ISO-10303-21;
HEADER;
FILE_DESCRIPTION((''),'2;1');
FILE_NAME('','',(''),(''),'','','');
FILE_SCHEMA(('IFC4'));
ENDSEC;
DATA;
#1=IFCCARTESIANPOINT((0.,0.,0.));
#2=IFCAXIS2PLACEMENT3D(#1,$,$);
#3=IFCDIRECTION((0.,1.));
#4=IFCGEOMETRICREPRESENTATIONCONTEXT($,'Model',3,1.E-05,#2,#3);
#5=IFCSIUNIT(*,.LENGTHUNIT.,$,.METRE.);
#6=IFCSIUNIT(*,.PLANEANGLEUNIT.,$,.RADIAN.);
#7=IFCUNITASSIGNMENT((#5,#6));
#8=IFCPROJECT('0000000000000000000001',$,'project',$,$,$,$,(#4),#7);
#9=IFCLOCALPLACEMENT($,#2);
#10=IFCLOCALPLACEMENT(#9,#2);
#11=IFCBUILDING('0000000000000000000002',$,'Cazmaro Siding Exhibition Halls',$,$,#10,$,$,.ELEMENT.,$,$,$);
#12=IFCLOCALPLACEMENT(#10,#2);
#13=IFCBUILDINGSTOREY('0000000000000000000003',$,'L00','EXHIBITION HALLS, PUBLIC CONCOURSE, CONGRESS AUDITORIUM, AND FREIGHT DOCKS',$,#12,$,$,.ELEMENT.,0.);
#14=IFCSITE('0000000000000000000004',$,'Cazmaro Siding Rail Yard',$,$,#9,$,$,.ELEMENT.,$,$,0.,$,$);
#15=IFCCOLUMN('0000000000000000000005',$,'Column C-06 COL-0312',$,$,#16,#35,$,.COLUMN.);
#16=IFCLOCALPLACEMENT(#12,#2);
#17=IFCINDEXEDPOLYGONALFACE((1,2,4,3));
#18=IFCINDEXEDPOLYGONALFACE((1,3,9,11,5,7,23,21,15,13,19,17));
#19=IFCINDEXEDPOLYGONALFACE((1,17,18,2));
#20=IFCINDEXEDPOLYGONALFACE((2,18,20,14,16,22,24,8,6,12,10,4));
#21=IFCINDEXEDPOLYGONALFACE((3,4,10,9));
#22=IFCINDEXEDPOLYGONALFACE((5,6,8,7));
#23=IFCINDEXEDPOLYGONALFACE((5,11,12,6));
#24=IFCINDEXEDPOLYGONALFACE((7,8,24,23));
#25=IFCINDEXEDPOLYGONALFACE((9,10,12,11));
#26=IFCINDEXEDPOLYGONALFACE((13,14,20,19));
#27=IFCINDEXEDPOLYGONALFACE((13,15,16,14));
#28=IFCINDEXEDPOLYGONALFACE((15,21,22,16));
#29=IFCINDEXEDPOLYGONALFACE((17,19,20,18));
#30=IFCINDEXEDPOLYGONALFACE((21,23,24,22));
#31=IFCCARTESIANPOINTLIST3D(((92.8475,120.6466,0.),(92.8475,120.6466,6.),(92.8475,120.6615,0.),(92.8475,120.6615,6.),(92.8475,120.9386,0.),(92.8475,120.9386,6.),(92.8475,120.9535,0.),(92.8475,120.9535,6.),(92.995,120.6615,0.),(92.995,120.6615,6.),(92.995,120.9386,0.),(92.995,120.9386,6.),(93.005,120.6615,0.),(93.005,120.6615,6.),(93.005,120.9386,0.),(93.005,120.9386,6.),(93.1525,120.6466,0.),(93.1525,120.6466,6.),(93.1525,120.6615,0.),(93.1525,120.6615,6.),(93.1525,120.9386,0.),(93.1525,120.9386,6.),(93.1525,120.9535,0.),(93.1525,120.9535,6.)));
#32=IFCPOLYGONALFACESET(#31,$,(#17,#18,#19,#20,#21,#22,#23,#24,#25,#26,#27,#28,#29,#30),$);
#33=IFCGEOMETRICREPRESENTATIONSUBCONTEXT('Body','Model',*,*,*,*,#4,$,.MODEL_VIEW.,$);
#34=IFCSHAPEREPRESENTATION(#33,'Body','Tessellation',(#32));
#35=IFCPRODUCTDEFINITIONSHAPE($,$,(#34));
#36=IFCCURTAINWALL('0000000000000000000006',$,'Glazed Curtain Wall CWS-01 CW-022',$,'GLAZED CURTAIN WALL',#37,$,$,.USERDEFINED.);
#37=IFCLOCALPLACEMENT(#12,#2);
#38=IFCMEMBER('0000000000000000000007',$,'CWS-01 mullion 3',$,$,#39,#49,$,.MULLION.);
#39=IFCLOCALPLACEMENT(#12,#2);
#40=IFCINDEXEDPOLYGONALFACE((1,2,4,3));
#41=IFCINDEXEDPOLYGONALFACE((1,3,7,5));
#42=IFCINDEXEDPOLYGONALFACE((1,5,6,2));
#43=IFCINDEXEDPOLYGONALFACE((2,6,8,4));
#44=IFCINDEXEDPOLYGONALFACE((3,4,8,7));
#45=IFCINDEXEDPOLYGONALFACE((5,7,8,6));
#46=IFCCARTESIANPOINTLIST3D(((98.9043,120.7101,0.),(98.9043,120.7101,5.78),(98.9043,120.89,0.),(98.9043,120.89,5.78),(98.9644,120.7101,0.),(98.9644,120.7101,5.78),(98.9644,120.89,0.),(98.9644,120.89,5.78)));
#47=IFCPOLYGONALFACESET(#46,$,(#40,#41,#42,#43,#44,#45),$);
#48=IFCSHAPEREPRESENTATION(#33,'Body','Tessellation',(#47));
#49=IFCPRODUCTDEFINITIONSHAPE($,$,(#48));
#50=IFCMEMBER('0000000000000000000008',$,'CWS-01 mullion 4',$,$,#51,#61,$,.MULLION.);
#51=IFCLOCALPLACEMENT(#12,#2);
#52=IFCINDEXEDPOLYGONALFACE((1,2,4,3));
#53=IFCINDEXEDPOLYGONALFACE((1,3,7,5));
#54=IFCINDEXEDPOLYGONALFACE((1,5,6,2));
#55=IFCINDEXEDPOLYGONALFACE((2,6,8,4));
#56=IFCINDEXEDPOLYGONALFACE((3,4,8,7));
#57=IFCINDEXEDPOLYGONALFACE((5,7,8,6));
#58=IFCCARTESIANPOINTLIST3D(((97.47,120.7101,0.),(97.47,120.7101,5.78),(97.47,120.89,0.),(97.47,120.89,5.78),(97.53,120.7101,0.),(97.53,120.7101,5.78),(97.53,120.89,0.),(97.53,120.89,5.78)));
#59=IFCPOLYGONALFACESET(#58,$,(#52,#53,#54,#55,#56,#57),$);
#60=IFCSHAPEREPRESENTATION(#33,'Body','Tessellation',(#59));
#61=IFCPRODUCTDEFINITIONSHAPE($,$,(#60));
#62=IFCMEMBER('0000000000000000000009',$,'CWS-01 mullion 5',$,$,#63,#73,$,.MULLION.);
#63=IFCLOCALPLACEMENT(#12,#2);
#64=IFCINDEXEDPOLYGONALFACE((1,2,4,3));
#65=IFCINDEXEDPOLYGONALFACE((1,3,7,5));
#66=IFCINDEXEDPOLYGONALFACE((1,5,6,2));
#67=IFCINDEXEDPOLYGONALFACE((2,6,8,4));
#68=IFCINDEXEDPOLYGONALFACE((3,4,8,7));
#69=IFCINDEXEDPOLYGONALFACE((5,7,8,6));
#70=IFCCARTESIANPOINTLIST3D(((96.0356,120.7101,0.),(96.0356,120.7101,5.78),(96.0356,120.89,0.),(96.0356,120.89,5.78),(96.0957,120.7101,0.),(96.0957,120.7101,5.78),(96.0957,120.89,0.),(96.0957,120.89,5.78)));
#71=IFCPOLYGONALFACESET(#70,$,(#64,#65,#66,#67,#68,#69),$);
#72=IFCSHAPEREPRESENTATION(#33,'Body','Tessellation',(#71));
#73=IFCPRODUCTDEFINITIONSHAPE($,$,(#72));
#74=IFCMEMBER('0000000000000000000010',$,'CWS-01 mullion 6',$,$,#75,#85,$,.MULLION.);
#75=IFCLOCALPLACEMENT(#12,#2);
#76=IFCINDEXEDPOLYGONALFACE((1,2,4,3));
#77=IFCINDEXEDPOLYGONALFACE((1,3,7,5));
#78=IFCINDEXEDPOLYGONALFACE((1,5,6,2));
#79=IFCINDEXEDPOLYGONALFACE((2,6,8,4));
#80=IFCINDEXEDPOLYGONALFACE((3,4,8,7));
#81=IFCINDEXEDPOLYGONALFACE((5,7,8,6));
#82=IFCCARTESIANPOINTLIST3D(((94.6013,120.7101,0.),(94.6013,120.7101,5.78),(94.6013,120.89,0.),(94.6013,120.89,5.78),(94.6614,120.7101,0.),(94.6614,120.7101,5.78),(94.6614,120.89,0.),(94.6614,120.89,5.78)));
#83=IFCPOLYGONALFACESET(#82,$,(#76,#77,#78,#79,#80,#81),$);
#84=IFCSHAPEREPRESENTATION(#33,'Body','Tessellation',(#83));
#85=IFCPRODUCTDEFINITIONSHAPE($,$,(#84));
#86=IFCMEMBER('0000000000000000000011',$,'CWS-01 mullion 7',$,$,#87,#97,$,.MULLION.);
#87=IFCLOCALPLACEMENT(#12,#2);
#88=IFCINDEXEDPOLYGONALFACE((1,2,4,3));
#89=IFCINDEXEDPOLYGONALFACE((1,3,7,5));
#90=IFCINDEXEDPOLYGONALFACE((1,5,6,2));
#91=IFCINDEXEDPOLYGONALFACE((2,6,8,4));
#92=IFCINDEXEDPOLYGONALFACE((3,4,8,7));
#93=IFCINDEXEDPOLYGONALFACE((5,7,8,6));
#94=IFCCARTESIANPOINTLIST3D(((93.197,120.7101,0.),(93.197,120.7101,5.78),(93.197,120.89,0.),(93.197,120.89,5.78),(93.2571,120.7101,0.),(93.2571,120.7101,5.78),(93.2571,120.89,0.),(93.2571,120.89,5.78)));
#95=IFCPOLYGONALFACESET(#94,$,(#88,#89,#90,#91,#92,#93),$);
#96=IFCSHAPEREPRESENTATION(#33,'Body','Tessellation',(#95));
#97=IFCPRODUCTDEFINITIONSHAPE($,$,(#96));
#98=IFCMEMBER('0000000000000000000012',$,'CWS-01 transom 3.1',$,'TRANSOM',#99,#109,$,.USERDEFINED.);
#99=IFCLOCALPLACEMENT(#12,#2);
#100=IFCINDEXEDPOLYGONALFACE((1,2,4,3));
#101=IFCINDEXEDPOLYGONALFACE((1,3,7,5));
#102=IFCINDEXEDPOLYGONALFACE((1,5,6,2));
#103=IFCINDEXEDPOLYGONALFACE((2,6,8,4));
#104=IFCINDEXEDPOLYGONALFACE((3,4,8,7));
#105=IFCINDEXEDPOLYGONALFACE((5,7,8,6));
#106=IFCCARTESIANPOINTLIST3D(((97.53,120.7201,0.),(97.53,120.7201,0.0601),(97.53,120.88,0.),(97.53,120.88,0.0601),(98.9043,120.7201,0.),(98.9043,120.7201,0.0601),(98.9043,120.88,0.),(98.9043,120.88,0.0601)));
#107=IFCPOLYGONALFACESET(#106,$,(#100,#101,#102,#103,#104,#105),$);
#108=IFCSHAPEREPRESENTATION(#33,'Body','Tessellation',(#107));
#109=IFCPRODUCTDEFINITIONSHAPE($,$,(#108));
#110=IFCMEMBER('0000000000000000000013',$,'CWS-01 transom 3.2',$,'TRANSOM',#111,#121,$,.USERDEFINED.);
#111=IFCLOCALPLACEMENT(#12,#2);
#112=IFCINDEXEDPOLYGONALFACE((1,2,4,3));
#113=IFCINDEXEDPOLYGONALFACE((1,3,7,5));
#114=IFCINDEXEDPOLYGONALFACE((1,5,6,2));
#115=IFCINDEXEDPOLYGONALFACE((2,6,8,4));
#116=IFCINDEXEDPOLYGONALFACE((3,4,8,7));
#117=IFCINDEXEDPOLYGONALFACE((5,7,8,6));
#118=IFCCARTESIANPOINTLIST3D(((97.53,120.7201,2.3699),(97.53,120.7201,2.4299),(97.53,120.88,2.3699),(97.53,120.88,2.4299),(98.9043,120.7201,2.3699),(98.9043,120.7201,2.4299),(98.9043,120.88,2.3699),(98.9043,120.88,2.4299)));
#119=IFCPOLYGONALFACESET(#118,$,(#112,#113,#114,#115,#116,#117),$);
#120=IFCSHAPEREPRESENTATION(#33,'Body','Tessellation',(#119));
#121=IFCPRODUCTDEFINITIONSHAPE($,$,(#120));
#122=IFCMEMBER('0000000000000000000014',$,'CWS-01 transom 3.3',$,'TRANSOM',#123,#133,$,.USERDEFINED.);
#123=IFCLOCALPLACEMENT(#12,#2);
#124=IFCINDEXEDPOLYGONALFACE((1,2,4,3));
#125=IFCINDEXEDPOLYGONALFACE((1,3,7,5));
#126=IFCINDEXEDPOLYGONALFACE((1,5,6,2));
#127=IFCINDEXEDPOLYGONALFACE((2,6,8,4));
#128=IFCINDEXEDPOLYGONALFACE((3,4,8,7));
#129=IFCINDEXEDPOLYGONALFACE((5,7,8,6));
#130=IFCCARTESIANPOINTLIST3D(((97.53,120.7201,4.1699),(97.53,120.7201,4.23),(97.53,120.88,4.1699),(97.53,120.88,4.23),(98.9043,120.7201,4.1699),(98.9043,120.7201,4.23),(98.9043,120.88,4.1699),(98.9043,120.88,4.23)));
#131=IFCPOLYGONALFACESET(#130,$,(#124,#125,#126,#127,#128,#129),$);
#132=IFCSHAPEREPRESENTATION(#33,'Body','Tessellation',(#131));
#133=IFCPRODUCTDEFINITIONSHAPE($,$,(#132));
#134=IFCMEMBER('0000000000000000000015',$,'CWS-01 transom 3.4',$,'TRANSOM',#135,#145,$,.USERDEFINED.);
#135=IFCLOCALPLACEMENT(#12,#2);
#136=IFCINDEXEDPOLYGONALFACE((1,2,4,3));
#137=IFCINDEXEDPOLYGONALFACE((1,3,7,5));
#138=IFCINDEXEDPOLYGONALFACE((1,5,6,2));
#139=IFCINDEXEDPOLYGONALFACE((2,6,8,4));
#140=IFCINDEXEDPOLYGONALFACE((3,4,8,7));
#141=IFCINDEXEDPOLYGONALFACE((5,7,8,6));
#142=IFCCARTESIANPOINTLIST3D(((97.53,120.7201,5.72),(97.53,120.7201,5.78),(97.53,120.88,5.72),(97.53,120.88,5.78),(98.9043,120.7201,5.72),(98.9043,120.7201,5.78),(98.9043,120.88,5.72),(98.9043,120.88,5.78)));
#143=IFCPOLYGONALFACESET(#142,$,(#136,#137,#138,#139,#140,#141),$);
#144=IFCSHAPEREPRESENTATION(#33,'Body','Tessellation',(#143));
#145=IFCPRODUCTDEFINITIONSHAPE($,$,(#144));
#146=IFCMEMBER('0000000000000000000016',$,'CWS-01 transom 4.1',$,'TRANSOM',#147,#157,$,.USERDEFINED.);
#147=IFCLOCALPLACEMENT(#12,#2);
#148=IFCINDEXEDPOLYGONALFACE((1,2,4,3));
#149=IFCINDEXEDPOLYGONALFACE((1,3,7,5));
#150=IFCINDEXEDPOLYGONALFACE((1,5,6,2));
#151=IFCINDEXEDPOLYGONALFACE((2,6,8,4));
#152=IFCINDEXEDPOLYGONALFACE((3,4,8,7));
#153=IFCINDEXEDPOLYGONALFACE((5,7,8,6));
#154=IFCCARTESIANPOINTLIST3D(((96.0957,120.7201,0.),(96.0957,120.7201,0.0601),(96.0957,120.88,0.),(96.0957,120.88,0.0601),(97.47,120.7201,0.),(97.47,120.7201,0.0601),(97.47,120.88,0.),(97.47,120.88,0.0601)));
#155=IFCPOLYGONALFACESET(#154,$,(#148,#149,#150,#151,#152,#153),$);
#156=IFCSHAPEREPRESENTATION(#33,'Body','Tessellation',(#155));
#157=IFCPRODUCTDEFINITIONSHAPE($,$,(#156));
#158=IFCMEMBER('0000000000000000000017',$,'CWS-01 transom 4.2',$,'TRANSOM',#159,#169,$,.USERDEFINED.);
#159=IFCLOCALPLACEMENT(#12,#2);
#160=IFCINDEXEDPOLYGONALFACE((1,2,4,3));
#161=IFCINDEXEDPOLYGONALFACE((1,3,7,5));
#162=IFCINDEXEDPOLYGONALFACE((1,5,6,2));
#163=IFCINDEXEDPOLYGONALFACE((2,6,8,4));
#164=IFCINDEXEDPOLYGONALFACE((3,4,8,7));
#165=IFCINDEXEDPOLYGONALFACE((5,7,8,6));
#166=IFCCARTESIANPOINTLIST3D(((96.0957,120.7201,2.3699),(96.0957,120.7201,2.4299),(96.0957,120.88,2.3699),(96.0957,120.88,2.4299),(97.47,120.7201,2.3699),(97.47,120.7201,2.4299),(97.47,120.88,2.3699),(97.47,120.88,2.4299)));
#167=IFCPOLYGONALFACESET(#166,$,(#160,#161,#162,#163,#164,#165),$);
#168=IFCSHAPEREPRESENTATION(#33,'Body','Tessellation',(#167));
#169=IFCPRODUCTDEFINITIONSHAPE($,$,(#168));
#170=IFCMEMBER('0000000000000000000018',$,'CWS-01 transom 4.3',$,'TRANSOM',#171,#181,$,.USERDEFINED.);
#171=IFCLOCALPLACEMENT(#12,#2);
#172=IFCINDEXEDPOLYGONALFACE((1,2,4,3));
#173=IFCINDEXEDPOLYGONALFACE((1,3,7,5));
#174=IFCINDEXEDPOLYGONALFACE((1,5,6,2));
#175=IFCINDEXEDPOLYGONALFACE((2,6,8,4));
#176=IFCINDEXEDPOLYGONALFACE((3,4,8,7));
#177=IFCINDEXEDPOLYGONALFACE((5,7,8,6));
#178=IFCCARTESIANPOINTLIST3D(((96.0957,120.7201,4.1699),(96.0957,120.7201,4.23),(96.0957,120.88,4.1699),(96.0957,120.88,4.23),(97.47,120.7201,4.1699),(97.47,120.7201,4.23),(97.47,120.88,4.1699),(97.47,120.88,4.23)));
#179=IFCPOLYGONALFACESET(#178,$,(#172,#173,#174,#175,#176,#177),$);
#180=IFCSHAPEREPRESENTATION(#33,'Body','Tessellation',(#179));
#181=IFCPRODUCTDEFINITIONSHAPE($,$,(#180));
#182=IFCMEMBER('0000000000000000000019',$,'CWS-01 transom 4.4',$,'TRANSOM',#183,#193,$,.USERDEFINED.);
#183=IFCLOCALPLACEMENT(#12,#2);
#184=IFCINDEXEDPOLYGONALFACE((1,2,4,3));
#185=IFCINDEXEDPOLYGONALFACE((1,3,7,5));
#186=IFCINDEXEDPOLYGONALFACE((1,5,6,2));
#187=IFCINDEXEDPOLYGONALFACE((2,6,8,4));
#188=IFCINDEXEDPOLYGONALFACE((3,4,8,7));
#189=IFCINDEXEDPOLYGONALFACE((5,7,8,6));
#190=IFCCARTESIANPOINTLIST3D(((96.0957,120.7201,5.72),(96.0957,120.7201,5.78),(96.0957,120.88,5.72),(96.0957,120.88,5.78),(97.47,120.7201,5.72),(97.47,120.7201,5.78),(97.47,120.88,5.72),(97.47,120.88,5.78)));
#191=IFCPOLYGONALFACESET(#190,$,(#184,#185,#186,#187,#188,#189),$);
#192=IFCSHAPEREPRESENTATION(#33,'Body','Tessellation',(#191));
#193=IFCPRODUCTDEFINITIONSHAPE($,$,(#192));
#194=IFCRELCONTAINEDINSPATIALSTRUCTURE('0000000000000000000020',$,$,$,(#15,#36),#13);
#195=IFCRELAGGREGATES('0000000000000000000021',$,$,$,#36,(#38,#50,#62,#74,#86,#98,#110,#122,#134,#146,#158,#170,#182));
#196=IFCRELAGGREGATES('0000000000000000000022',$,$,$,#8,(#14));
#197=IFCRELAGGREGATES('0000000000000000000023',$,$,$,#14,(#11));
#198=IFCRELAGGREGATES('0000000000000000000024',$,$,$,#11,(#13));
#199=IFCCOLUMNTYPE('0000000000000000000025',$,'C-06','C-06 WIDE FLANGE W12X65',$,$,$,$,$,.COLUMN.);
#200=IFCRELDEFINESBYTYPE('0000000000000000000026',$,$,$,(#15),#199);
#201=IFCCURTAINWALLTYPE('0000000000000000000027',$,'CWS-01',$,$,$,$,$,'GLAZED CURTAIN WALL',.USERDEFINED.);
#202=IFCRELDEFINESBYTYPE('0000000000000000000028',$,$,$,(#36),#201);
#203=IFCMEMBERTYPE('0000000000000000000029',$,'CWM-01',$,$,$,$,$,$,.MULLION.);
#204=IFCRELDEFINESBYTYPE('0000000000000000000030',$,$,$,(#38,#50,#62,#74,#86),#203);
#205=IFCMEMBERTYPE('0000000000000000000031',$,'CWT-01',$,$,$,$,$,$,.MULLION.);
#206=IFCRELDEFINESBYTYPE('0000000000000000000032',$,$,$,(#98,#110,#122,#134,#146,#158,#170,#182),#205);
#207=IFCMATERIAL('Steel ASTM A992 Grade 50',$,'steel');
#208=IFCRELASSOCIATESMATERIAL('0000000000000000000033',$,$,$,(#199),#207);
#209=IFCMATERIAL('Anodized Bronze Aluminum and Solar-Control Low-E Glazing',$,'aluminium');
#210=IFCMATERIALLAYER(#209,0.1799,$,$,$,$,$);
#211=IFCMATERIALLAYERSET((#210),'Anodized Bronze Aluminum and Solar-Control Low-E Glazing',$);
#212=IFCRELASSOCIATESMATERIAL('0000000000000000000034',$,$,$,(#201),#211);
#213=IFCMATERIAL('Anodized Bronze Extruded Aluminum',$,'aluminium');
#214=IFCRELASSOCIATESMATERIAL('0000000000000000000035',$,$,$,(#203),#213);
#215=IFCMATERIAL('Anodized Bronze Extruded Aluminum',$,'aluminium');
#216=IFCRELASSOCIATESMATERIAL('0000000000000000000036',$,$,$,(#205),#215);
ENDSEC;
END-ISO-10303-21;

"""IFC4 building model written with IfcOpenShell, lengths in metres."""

from ifc_helpers import new_model, si_unit, direction, frame, origin, origin_2d, place, context, subcontext, project, spatial, rectangle, i_section, extrude, material, layer, layer_set, material_profile, profile_set, type_object, element, aggregate, save


model = new_model("IFC4")

# Units and contexts
model_context = context("Model", 3, precision=1e-05, world=origin(), true_north=direction((0.0, 1.0)))
body_context = subcontext(model_context, "Body", "Model", "MODEL_VIEW")
ifc_project = project(units=[si_unit("LENGTHUNIT", "METRE"), si_unit("PLANEANGLEUNIT", "RADIAN")], contexts=[model_context])

# Site, building, storey
site_placement = place(None, origin())
site = spatial("IfcSite", under=ifc_project, at=site_placement, Name="Cazmaro Siding Rail Yard", CompositionType="ELEMENT", RefElevation=0.0)
building_placement = place(site_placement, origin())
building = spatial("IfcBuilding", under=site, at=building_placement, Name="Cazmaro Siding Exhibition Halls", CompositionType="ELEMENT")
storey_placement = place(building_placement, origin())
storey = spatial("IfcBuildingStorey", under=building, at=storey_placement, Name="L00", Description="EXHIBITION HALLS, PUBLIC CONCOURSE, CONGRESS AUDITORIUM, AND FREIGHT DOCKS", CompositionType="ELEMENT", Elevation=0.0)

# Column
ifc_material_1 = material(Name="Steel ASTM A992 Grade 50", Category="steel")
ifc_material_profile_1 = material_profile(ifc_material_1, i_section(OverallWidth=0.3049, OverallDepth=0.3069, WebThickness=0.01, FlangeThickness=0.0149, at=origin_2d()), Name="W12X65")
ifc_profile_set_1 = profile_set([ifc_material_profile_1], Name="Steel ASTM A992 Grade 50")
column_type = type_object("IfcColumnType", Name="C-06", Description="C-06 WIDE FLANGE W12X65", PredefinedType="COLUMN", material=ifc_profile_set_1)
column_placement = place(storey_placement, frame((93.0, 120.8, 0.0), z_axis=(0.0, 0.0, 1.0), x_axis=(1.0, 0.0, 0.0)))
element("IfcColumn", 1, at=column_placement, inside=storey, type_object=column_type, Name="Column C-06 COL-0312", PredefinedType="COLUMN", context=body_context, shape_type="SweptSolid", body=[
    extrude(i_section(OverallWidth=0.3049, OverallDepth=0.3069, WebThickness=0.01, FlangeThickness=0.0149, at=origin_2d()), origin(), (0.0, 0.0, 1.0), 6.0),
])

# Curtain wall, members
ifc_material_2 = material(Name="Anodized Bronze Aluminum and Solar-Control Low-E Glazing", Category="aluminium")
ifc_layer_1 = layer(ifc_material_2, 0.1799)
ifc_layer_set_1 = layer_set([ifc_layer_1], Name="Anodized Bronze Aluminum and Solar-Control Low-E Glazing")
curtain_wall_type = type_object("IfcCurtainWallType", Name="CWS-01", ElementType="GLAZED CURTAIN WALL", PredefinedType="USERDEFINED", material=ifc_layer_set_1)
curtain_wall_placement = place(storey_placement, origin())
curtain_wall = element("IfcCurtainWall", 2, at=curtain_wall_placement, inside=storey, type_object=curtain_wall_type, Name="Glazed Curtain Wall CWS-01 CW-022", ObjectType="GLAZED CURTAIN WALL", PredefinedType="USERDEFINED")
ifc_material_3 = material(Name="Anodized Bronze Extruded Aluminum", Category="aluminium")
ifc_material_profile_2 = material_profile(ifc_material_3, rectangle(XDim=0.1799, YDim=0.0601, at=origin_2d()), Name="CWM-01")
ifc_profile_set_2 = profile_set([ifc_material_profile_2], Name="Anodized Bronze Extruded Aluminum")
member_type_1 = type_object("IfcMemberType", Name="CWM-01", PredefinedType="MULLION", material=ifc_profile_set_2)
member_1_placement = place(storey_placement, frame((98.9343, 120.8, 0.0), z_axis=(0.0, 0.0, 1.0), x_axis=(0.0, -1.0, 0.0)))
member_1 = element("IfcMember", 3, at=member_1_placement, type_object=member_type_1, Name="CWS-01 mullion 3", PredefinedType="MULLION", context=body_context, shape_type="SweptSolid", body=[
    extrude(rectangle(XDim=0.1799, YDim=0.0601, at=origin_2d()), origin(), (0.0, 0.0, 1.0), 5.78),
])
member_2_placement = place(storey_placement, frame((97.5, 120.8, 0.0), z_axis=(0.0, 0.0, 1.0), x_axis=(0.0, -1.0, 0.0)))
member_2 = element("IfcMember", 4, at=member_2_placement, type_object=member_type_1, Name="CWS-01 mullion 4", PredefinedType="MULLION", context=body_context, shape_type="SweptSolid", body=[
    extrude(rectangle(XDim=0.1799, YDim=0.0601, at=origin_2d()), origin(), (0.0, 0.0, 1.0), 5.78),
])
member_3_placement = place(storey_placement, frame((96.0657, 120.8, 0.0), z_axis=(0.0, 0.0, 1.0), x_axis=(0.0, -1.0, 0.0)))
member_3 = element("IfcMember", 5, at=member_3_placement, type_object=member_type_1, Name="CWS-01 mullion 5", PredefinedType="MULLION", context=body_context, shape_type="SweptSolid", body=[
    extrude(rectangle(XDim=0.1799, YDim=0.0601, at=origin_2d()), origin(), (0.0, 0.0, 1.0), 5.78),
])
member_4_placement = place(storey_placement, frame((94.6313, 120.8, 0.0), z_axis=(0.0, 0.0, 1.0), x_axis=(0.0, -1.0, 0.0)))
member_4 = element("IfcMember", 6, at=member_4_placement, type_object=member_type_1, Name="CWS-01 mullion 6", PredefinedType="MULLION", context=body_context, shape_type="SweptSolid", body=[
    extrude(rectangle(XDim=0.1799, YDim=0.0601, at=origin_2d()), origin(), (0.0, 0.0, 1.0), 5.78),
])
member_5_placement = place(storey_placement, frame((93.2271, 120.8, 0.0), z_axis=(0.0, 0.0, 1.0), x_axis=(0.0, -1.0, 0.0)))
member_5 = element("IfcMember", 7, at=member_5_placement, type_object=member_type_1, Name="CWS-01 mullion 7", PredefinedType="MULLION", context=body_context, shape_type="SweptSolid", body=[
    extrude(rectangle(XDim=0.1799, YDim=0.0601, at=origin_2d()), origin(), (0.0, 0.0, 1.0), 5.78),
])
ifc_material_4 = material(Name="Anodized Bronze Extruded Aluminum", Category="aluminium")
ifc_material_profile_3 = material_profile(ifc_material_4, rectangle(XDim=0.1599, YDim=0.0601, at=origin_2d()), Name="CWT-01")
ifc_profile_set_3 = profile_set([ifc_material_profile_3], Name="Anodized Bronze Extruded Aluminum")
member_type_2 = type_object("IfcMemberType", Name="CWT-01", PredefinedType="MULLION", material=ifc_profile_set_3)
member_6_placement = place(storey_placement, frame((98.9043, 120.8, 0.03), z_axis=(-1.0, 0.0, 0.0), x_axis=(0.0, -1.0, 0.0)))
member_6 = element("IfcMember", 8, at=member_6_placement, type_object=member_type_2, Name="CWS-01 transom 3.1", ObjectType="TRANSOM", PredefinedType="USERDEFINED", context=body_context, shape_type="SweptSolid", body=[
    extrude(rectangle(XDim=0.1599, YDim=0.0601, at=origin_2d()), origin(), (0.0, 0.0, 1.0), 1.3743),
])
member_7_placement = place(storey_placement, frame((98.9043, 120.8, 2.3999), z_axis=(-1.0, 0.0, 0.0), x_axis=(0.0, -1.0, 0.0)))
member_7 = element("IfcMember", 9, at=member_7_placement, type_object=member_type_2, Name="CWS-01 transom 3.2", ObjectType="TRANSOM", PredefinedType="USERDEFINED", context=body_context, shape_type="SweptSolid", body=[
    extrude(rectangle(XDim=0.1599, YDim=0.0601, at=origin_2d()), origin(), (0.0, 0.0, 1.0), 1.3743),
])
member_8_placement = place(storey_placement, frame((98.9043, 120.8, 4.2), z_axis=(-1.0, 0.0, 0.0), x_axis=(0.0, -1.0, 0.0)))
member_8 = element("IfcMember", 10, at=member_8_placement, type_object=member_type_2, Name="CWS-01 transom 3.3", ObjectType="TRANSOM", PredefinedType="USERDEFINED", context=body_context, shape_type="SweptSolid", body=[
    extrude(rectangle(XDim=0.1599, YDim=0.0601, at=origin_2d()), origin(), (0.0, 0.0, 1.0), 1.3743),
])
member_9_placement = place(storey_placement, frame((98.9043, 120.8, 5.75), z_axis=(-1.0, 0.0, 0.0), x_axis=(0.0, -1.0, 0.0)))
member_9 = element("IfcMember", 11, at=member_9_placement, type_object=member_type_2, Name="CWS-01 transom 3.4", ObjectType="TRANSOM", PredefinedType="USERDEFINED", context=body_context, shape_type="SweptSolid", body=[
    extrude(rectangle(XDim=0.1599, YDim=0.0601, at=origin_2d()), origin(), (0.0, 0.0, 1.0), 1.3743),
])
member_10_placement = place(storey_placement, frame((97.47, 120.8, 0.03), z_axis=(-1.0, 0.0, 0.0), x_axis=(0.0, -1.0, 0.0)))
member_10 = element("IfcMember", 12, at=member_10_placement, type_object=member_type_2, Name="CWS-01 transom 4.1", ObjectType="TRANSOM", PredefinedType="USERDEFINED", context=body_context, shape_type="SweptSolid", body=[
    extrude(rectangle(XDim=0.1599, YDim=0.0601, at=origin_2d()), origin(), (0.0, 0.0, 1.0), 1.3743),
])
member_11_placement = place(storey_placement, frame((97.47, 120.8, 2.3999), z_axis=(-1.0, 0.0, 0.0), x_axis=(0.0, -1.0, 0.0)))
member_11 = element("IfcMember", 13, at=member_11_placement, type_object=member_type_2, Name="CWS-01 transom 4.2", ObjectType="TRANSOM", PredefinedType="USERDEFINED", context=body_context, shape_type="SweptSolid", body=[
    extrude(rectangle(XDim=0.1599, YDim=0.0601, at=origin_2d()), origin(), (0.0, 0.0, 1.0), 1.3743),
])
member_12_placement = place(storey_placement, frame((97.47, 120.8, 4.2), z_axis=(-1.0, 0.0, 0.0), x_axis=(0.0, -1.0, 0.0)))
member_12 = element("IfcMember", 14, at=member_12_placement, type_object=member_type_2, Name="CWS-01 transom 4.3", ObjectType="TRANSOM", PredefinedType="USERDEFINED", context=body_context, shape_type="SweptSolid", body=[
    extrude(rectangle(XDim=0.1599, YDim=0.0601, at=origin_2d()), origin(), (0.0, 0.0, 1.0), 1.3743),
])
member_13_placement = place(storey_placement, frame((97.47, 120.8, 5.75), z_axis=(-1.0, 0.0, 0.0), x_axis=(0.0, -1.0, 0.0)))
member_13 = element("IfcMember", 15, at=member_13_placement, type_object=member_type_2, Name="CWS-01 transom 4.4", ObjectType="TRANSOM", PredefinedType="USERDEFINED", context=body_context, shape_type="SweptSolid", body=[
    extrude(rectangle(XDim=0.1599, YDim=0.0601, at=origin_2d()), origin(), (0.0, 0.0, 1.0), 1.3743),
])
aggregate(curtain_wall, [member_1, member_2, member_3, member_4, member_5, member_6, member_7, member_8, member_9, member_10, member_11, member_12, member_13])

save(model, "model.ifc")
